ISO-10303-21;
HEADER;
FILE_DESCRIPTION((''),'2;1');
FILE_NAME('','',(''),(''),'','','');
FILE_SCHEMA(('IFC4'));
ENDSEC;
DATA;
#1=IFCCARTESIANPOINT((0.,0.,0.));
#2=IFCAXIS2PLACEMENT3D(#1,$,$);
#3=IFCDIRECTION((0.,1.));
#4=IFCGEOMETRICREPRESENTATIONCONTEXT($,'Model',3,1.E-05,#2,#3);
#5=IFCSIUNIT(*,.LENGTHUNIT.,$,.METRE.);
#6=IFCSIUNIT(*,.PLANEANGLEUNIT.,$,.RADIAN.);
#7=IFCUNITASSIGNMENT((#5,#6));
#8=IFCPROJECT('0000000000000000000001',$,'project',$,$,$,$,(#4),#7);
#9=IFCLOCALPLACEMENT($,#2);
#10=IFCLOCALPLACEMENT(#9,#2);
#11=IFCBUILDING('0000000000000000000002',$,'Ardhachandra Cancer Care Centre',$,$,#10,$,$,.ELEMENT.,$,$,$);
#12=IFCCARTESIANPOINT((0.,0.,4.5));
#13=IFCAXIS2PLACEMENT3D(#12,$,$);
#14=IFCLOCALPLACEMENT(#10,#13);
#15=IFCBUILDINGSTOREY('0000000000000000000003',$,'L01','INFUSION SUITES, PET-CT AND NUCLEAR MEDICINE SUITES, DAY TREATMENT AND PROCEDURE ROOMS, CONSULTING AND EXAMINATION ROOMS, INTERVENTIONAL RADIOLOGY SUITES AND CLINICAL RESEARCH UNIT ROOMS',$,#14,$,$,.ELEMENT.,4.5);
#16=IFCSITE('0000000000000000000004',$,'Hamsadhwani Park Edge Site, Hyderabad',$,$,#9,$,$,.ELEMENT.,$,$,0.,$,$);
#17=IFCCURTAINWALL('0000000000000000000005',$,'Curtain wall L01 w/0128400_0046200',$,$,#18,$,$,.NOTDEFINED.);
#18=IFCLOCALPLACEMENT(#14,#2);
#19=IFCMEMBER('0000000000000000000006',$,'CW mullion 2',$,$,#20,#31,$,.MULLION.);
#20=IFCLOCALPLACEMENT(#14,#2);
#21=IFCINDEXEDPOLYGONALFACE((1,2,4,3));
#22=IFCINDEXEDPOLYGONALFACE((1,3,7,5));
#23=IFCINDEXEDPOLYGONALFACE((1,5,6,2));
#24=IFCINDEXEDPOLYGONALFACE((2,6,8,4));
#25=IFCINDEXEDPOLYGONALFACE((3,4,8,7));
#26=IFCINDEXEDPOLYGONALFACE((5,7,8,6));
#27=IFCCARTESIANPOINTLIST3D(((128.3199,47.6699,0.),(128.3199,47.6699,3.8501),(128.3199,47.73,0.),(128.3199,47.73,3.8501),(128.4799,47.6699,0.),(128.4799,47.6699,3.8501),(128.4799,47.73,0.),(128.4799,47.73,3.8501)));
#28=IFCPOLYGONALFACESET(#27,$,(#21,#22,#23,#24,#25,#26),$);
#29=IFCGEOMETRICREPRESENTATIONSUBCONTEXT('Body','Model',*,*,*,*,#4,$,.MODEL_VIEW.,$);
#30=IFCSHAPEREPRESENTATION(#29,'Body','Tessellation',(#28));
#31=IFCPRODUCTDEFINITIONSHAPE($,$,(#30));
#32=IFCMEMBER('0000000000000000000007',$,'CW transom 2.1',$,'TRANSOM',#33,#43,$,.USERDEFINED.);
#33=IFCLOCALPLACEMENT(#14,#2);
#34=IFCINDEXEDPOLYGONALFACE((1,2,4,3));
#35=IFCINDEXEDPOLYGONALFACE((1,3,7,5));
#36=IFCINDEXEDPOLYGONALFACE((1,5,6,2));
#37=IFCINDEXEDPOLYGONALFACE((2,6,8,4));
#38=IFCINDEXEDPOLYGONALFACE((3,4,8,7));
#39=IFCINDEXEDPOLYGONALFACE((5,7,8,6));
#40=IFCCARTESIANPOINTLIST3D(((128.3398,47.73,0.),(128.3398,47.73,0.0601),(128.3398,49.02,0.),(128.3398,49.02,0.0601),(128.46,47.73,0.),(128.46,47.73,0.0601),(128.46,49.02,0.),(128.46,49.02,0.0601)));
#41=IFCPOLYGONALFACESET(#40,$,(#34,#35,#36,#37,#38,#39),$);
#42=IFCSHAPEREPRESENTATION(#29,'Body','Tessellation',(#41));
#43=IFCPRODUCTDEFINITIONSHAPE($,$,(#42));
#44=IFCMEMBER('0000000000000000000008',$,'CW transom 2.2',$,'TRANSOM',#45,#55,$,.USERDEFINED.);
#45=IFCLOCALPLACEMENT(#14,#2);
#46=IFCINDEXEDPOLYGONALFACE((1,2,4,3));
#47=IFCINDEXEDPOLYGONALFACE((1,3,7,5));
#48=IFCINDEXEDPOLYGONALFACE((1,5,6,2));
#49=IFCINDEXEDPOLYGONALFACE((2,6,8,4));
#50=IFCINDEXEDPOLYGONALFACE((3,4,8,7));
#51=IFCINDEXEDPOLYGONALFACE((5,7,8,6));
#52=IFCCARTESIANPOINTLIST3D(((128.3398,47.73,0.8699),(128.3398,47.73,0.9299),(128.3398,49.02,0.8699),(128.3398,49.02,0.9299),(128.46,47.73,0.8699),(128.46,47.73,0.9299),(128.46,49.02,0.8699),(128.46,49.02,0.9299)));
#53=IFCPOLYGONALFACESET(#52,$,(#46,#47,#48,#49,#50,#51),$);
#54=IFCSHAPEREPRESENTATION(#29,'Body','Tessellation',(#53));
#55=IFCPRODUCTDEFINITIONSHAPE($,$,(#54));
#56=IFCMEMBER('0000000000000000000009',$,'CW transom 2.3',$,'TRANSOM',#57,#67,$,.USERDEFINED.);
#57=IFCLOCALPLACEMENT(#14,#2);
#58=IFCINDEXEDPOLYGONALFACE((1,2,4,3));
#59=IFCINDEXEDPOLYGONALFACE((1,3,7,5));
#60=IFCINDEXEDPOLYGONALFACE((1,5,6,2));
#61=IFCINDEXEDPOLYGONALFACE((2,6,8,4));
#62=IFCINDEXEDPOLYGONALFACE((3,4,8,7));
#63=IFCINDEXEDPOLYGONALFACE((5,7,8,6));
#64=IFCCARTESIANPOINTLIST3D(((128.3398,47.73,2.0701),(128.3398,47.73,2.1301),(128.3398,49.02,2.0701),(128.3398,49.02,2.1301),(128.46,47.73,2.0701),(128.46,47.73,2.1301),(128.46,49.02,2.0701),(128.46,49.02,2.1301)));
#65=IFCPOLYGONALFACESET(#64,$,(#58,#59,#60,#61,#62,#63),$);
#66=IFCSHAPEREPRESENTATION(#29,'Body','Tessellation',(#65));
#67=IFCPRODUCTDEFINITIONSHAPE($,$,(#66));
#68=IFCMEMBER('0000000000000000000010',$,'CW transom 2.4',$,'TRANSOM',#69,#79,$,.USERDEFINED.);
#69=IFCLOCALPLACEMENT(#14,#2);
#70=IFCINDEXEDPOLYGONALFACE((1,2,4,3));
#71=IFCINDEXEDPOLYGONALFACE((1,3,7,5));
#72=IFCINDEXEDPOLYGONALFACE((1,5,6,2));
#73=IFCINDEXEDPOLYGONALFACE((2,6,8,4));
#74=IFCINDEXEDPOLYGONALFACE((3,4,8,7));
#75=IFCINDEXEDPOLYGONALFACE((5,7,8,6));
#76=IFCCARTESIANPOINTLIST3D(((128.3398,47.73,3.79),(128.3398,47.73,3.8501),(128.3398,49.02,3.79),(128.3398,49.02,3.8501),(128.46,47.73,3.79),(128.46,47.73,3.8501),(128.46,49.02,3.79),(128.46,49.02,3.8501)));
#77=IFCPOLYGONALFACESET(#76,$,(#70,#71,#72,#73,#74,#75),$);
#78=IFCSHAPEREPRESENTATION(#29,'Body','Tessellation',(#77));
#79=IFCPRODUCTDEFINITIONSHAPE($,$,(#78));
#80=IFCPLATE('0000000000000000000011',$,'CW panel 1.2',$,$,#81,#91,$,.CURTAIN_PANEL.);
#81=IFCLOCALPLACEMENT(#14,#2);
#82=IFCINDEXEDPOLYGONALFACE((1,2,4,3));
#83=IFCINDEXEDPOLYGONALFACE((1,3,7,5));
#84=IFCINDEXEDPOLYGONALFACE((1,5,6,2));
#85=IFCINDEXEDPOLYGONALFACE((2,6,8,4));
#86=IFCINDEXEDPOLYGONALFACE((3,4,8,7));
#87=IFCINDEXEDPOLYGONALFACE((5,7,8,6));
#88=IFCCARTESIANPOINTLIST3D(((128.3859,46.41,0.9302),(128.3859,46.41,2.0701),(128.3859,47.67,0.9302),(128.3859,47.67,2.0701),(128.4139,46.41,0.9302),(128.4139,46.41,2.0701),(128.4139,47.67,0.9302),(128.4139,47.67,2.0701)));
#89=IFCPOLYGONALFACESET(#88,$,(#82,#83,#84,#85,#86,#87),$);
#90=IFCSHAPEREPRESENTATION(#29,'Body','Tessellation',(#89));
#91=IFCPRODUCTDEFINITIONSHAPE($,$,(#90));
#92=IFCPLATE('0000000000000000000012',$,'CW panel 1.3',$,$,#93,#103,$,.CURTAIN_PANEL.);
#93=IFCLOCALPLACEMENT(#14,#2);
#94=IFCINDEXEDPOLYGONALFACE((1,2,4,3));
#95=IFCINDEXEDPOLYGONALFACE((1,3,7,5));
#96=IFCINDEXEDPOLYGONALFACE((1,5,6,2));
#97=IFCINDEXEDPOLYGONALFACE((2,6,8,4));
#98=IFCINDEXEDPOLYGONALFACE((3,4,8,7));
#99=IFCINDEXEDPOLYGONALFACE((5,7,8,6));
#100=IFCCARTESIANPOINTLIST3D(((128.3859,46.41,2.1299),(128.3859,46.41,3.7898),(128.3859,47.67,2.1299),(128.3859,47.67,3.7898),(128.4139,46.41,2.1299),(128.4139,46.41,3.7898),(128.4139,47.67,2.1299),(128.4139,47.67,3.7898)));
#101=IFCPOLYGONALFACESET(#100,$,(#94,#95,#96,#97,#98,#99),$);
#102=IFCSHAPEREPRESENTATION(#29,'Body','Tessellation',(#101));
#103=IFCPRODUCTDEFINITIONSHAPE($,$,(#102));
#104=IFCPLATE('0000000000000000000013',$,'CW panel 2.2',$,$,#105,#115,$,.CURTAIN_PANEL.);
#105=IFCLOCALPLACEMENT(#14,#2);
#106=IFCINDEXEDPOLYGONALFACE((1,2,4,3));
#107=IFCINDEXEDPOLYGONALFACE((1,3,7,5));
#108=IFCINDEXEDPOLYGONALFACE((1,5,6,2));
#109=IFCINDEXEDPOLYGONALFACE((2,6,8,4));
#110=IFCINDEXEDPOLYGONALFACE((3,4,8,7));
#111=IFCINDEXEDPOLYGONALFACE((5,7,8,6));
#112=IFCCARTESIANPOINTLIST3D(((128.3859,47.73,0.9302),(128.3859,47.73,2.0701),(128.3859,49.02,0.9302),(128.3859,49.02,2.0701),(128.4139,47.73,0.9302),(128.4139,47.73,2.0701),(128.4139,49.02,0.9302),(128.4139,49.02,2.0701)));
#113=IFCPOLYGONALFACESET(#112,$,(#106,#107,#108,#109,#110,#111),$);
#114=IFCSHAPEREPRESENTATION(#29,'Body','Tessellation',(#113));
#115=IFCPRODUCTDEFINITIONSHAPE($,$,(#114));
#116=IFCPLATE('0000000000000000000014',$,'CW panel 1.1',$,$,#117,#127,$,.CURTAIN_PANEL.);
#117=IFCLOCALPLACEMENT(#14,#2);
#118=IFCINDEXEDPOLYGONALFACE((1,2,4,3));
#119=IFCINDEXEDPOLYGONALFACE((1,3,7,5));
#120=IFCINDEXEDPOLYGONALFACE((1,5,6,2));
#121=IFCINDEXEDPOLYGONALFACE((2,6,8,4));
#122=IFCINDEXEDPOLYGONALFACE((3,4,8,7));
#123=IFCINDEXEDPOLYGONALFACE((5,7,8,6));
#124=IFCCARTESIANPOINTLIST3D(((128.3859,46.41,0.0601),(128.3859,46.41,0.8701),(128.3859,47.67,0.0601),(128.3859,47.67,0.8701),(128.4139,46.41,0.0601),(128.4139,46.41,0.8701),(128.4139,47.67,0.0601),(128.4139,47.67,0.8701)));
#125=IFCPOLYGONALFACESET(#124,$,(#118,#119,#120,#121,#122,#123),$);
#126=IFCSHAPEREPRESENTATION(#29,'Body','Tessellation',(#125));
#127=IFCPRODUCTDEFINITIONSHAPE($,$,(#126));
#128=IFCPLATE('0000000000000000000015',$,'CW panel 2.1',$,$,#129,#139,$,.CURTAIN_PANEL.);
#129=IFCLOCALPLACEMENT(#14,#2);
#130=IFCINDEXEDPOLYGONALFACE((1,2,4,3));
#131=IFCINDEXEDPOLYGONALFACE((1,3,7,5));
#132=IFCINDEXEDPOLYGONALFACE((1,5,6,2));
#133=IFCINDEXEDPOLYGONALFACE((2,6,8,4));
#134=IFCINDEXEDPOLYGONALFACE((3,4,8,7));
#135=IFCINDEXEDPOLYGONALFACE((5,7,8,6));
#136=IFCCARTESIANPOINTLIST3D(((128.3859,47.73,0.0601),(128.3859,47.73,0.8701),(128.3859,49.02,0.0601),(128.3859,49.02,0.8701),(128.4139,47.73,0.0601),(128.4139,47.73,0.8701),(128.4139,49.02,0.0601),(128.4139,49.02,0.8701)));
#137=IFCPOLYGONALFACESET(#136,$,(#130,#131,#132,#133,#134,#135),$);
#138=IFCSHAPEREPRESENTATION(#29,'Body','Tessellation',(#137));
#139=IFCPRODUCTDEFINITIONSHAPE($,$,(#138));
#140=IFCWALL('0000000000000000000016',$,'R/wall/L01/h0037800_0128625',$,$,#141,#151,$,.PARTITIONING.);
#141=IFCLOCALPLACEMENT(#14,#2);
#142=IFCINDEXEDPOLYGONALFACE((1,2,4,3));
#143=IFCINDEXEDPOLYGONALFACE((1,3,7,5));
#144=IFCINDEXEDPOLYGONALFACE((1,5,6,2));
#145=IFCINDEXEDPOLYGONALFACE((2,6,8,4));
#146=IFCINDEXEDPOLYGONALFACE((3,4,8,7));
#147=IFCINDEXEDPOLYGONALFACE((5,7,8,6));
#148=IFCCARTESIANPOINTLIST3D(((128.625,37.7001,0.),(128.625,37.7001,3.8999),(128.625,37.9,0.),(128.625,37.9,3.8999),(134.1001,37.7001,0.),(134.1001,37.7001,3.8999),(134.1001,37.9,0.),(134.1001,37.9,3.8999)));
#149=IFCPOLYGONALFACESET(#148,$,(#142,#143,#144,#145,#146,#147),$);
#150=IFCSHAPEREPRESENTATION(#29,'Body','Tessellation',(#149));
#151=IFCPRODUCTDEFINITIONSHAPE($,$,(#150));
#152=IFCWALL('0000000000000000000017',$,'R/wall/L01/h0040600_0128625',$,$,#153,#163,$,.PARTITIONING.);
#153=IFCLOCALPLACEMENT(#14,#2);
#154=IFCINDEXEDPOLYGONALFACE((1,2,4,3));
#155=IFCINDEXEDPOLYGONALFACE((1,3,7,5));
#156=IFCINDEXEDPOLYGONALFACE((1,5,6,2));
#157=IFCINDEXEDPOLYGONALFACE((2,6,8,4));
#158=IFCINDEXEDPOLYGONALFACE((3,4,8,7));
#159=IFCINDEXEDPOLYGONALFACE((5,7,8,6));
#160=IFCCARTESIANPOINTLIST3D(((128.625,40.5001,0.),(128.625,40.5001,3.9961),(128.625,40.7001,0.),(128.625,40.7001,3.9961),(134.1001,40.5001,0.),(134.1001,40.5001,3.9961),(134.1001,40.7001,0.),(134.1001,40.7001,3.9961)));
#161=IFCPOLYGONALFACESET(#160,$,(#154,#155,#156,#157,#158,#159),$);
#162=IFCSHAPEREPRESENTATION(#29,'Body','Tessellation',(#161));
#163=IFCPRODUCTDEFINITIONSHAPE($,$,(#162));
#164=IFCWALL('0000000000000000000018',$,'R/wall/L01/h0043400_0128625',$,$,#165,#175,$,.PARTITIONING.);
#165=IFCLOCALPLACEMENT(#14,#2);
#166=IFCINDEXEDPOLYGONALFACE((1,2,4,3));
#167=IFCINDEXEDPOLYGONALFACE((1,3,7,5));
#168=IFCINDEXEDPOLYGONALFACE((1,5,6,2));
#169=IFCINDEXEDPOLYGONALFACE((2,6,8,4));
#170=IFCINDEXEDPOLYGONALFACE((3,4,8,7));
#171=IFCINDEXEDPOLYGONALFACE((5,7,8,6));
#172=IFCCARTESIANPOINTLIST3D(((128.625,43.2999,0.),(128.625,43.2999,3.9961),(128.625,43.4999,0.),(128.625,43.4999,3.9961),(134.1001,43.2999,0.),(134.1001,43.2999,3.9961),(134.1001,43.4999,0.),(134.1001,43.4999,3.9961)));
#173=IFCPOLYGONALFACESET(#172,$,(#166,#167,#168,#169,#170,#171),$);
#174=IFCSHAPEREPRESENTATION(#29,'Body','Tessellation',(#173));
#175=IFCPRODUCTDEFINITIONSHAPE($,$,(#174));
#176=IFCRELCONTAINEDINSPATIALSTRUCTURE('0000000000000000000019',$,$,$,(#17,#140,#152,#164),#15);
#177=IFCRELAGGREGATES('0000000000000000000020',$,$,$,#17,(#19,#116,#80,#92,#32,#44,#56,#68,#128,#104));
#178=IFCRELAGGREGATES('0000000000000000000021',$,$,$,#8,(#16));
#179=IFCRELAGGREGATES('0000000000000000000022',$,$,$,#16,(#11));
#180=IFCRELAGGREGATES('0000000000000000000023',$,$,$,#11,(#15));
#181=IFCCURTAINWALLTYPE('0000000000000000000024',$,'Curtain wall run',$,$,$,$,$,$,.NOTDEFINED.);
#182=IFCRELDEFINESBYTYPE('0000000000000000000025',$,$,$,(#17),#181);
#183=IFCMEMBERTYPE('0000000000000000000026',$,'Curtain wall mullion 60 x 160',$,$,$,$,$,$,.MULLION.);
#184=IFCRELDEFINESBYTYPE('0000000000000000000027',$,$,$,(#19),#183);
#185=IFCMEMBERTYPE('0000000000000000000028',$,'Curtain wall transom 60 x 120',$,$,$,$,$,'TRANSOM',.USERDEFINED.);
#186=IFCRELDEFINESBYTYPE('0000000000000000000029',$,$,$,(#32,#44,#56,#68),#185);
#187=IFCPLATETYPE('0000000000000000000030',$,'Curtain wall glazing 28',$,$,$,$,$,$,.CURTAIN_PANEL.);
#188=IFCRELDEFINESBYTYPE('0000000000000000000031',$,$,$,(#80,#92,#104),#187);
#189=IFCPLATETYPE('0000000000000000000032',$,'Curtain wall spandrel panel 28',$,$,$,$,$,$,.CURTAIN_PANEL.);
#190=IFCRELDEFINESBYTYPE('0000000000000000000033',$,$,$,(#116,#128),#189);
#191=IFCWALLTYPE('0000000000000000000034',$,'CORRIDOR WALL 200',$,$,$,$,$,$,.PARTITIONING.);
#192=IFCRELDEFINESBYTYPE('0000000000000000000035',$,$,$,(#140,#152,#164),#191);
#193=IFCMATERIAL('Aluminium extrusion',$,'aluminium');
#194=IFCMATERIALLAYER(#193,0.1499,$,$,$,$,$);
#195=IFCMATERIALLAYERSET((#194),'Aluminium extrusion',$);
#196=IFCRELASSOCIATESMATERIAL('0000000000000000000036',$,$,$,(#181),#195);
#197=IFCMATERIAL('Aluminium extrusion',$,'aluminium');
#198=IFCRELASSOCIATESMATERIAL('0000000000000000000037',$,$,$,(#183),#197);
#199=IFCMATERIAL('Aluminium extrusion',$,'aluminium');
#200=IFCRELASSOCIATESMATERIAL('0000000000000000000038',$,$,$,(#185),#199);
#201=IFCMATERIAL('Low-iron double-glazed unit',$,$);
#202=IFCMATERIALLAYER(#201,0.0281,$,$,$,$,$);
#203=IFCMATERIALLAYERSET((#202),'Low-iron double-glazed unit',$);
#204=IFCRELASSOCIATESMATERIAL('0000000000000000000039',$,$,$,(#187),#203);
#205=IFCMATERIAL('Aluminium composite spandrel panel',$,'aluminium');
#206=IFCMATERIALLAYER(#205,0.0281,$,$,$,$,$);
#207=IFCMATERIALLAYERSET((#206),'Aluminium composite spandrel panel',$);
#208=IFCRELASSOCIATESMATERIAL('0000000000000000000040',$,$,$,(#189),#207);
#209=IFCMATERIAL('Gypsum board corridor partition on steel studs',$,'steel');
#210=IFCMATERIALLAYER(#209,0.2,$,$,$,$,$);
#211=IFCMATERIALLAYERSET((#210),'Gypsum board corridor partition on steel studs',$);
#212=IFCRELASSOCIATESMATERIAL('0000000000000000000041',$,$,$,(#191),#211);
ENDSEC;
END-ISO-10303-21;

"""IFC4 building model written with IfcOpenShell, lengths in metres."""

from ifc_helpers import new_model, si_unit, direction, frame, frame_2d, origin, origin_2d, place, context, subcontext, project, spatial, rectangle, extrude, material, layer, layer_set, material_profile, profile_set, type_object, element, aggregate, save


model = new_model("IFC4")

# Units and contexts
model_context = context("Model", 3, precision=1e-05, world=origin(), true_north=direction((0.0, 1.0)))
body_context = subcontext(model_context, "Body", "Model", "MODEL_VIEW")
ifc_project = project(units=[si_unit("LENGTHUNIT", "METRE"), si_unit("PLANEANGLEUNIT", "RADIAN")], contexts=[model_context])

# Site, building, storey
site_placement = place(None, origin())
site = spatial("IfcSite", under=ifc_project, at=site_placement, Name="Hamsadhwani Park Edge Site, Hyderabad", CompositionType="ELEMENT", RefElevation=0.0)
building_placement = place(site_placement, origin())
building = spatial("IfcBuilding", under=site, at=building_placement, Name="Ardhachandra Cancer Care Centre", CompositionType="ELEMENT")
storey_placement = place(building_placement, frame((0.0, 0.0, 4.5)))
storey = spatial("IfcBuildingStorey", under=building, at=storey_placement, Name="L01", Description="INFUSION SUITES, PET-CT AND NUCLEAR MEDICINE SUITES, DAY TREATMENT AND PROCEDURE ROOMS, CONSULTING AND EXAMINATION ROOMS, INTERVENTIONAL RADIOLOGY SUITES AND CLINICAL RESEARCH UNIT ROOMS", CompositionType="ELEMENT", Elevation=4.5)

# Curtain wall, members, plates
ifc_material_1 = material(Name="Aluminium extrusion", Category="aluminium")
ifc_layer_1 = layer(ifc_material_1, 0.1499)
ifc_layer_set_1 = layer_set([ifc_layer_1], Name="Aluminium extrusion")
curtain_wall_type = type_object("IfcCurtainWallType", Name="Curtain wall run", PredefinedType="NOTDEFINED", material=ifc_layer_set_1)
curtain_wall_placement = place(storey_placement, origin())
curtain_wall = element("IfcCurtainWall", 1, at=curtain_wall_placement, inside=storey, type_object=curtain_wall_type, Name="Curtain wall L01 w/0128400_0046200", PredefinedType="NOTDEFINED")
ifc_material_2 = material(Name="Aluminium extrusion", Category="aluminium")
ifc_material_profile_1 = material_profile(ifc_material_2, rectangle(XDim=0.1599, YDim=0.0601, at=origin_2d()), Name="Curtain wall mullion 60 x 160")
ifc_profile_set_1 = profile_set([ifc_material_profile_1], Name="Aluminium extrusion")
member_type_1 = type_object("IfcMemberType", Name="Curtain wall mullion 60 x 160", PredefinedType="MULLION", material=ifc_profile_set_1)
member_1_placement = place(storey_placement, frame((128.3999, 47.7, 0.0), z_axis=(0.0, 0.0, 1.0), x_axis=(-1.0, 0.0, 0.0)))
member_1 = element("IfcMember", 2, at=member_1_placement, type_object=member_type_1, Name="CW mullion 2", PredefinedType="MULLION", context=body_context, shape_type="SweptSolid", body=[
    extrude(rectangle(XDim=0.1599, YDim=0.0601, at=origin_2d()), origin(), (0.0, 0.0, 1.0), 3.8501),
])
ifc_material_3 = material(Name="Aluminium extrusion", Category="aluminium")
ifc_material_profile_2 = material_profile(ifc_material_3, rectangle(XDim=0.1201, YDim=0.0601, at=origin_2d()), Name="Curtain wall transom 60 x 120")
ifc_profile_set_2 = profile_set([ifc_material_profile_2], Name="Aluminium extrusion")
member_type_2 = type_object("IfcMemberType", Name="Curtain wall transom 60 x 120", ElementType="TRANSOM", PredefinedType="USERDEFINED", material=ifc_profile_set_2)
member_2_placement = place(storey_placement, frame((128.3999, 47.73, 0.03), z_axis=(0.0, 1.0, 0.0), x_axis=(-1.0, 0.0, 0.0)))
member_2 = element("IfcMember", 3, at=member_2_placement, type_object=member_type_2, Name="CW transom 2.1", ObjectType="TRANSOM", PredefinedType="USERDEFINED", context=body_context, shape_type="SweptSolid", body=[
    extrude(rectangle(XDim=0.1201, YDim=0.0601, at=origin_2d()), origin(), (0.0, 0.0, 1.0), 1.29),
])
member_3_placement = place(storey_placement, frame((128.3999, 47.73, 0.8999), z_axis=(0.0, 1.0, 0.0), x_axis=(-1.0, 0.0, 0.0)))
member_3 = element("IfcMember", 4, at=member_3_placement, type_object=member_type_2, Name="CW transom 2.2", ObjectType="TRANSOM", PredefinedType="USERDEFINED", context=body_context, shape_type="SweptSolid", body=[
    extrude(rectangle(XDim=0.1201, YDim=0.0601, at=origin_2d()), origin(), (0.0, 0.0, 1.0), 1.29),
])
member_4_placement = place(storey_placement, frame((128.3999, 47.73, 2.1001), z_axis=(0.0, 1.0, 0.0), x_axis=(-1.0, 0.0, 0.0)))
member_4 = element("IfcMember", 5, at=member_4_placement, type_object=member_type_2, Name="CW transom 2.3", ObjectType="TRANSOM", PredefinedType="USERDEFINED", context=body_context, shape_type="SweptSolid", body=[
    extrude(rectangle(XDim=0.1201, YDim=0.0601, at=origin_2d()), origin(), (0.0, 0.0, 1.0), 1.29),
])
member_5_placement = place(storey_placement, frame((128.3999, 47.73, 3.8201), z_axis=(0.0, 1.0, 0.0), x_axis=(-1.0, 0.0, 0.0)))
member_5 = element("IfcMember", 6, at=member_5_placement, type_object=member_type_2, Name="CW transom 2.4", ObjectType="TRANSOM", PredefinedType="USERDEFINED", context=body_context, shape_type="SweptSolid", body=[
    extrude(rectangle(XDim=0.1201, YDim=0.0601, at=origin_2d()), origin(), (0.0, 0.0, 1.0), 1.29),
])
ifc_material_4 = material(Name="Low-iron double-glazed unit")
ifc_layer_2 = layer(ifc_material_4, 0.0281)
ifc_layer_set_2 = layer_set([ifc_layer_2], Name="Low-iron double-glazed unit")
plate_type_1 = type_object("IfcPlateType", Name="Curtain wall glazing 28", PredefinedType="CURTAIN_PANEL", material=ifc_layer_set_2)
plate_1_placement = place(storey_placement, frame((128.3999, 47.04, 0.9302), z_axis=(0.0, 0.0, 1.0), x_axis=(0.0, 1.0, 0.0)))
plate_1 = element("IfcPlate", 7, at=plate_1_placement, type_object=plate_type_1, Name="CW panel 1.2", PredefinedType="CURTAIN_PANEL", context=body_context, shape_type="SweptSolid", body=[
    extrude(rectangle(XDim=1.26, YDim=0.0281, at=origin_2d()), origin(), (0.0, 0.0, 1.0), 1.1399),
])
plate_2_placement = place(storey_placement, frame((128.3999, 47.04, 2.1299), z_axis=(0.0, 0.0, 1.0), x_axis=(0.0, 1.0, 0.0)))
plate_2 = element("IfcPlate", 8, at=plate_2_placement, type_object=plate_type_1, Name="CW panel 1.3", PredefinedType="CURTAIN_PANEL", context=body_context, shape_type="SweptSolid", body=[
    extrude(rectangle(XDim=1.26, YDim=0.0281, at=origin_2d()), origin(), (0.0, 0.0, 1.0), 1.6599),
])
plate_3_placement = place(storey_placement, frame((128.3999, 48.375, 0.9302), z_axis=(0.0, 0.0, 1.0), x_axis=(0.0, 1.0, 0.0)))
plate_3 = element("IfcPlate", 9, at=plate_3_placement, type_object=plate_type_1, Name="CW panel 2.2", PredefinedType="CURTAIN_PANEL", context=body_context, shape_type="SweptSolid", body=[
    extrude(rectangle(XDim=1.29, YDim=0.0281, at=origin_2d()), origin(), (0.0, 0.0, 1.0), 1.1399),
])
ifc_material_5 = material(Name="Aluminium composite spandrel panel", Category="aluminium")
ifc_layer_3 = layer(ifc_material_5, 0.0281)
ifc_layer_set_3 = layer_set([ifc_layer_3], Name="Aluminium composite spandrel panel")
plate_type_2 = type_object("IfcPlateType", Name="Curtain wall spandrel panel 28", PredefinedType="CURTAIN_PANEL", material=ifc_layer_set_3)
plate_4_placement = place(storey_placement, frame((128.3999, 47.04, 0.0601), z_axis=(0.0, 0.0, 1.0), x_axis=(0.0, 1.0, 0.0)))
plate_4 = element("IfcPlate", 10, at=plate_4_placement, type_object=plate_type_2, Name="CW panel 1.1", PredefinedType="CURTAIN_PANEL", context=body_context, shape_type="SweptSolid", body=[
    extrude(rectangle(XDim=1.26, YDim=0.0281, at=origin_2d()), origin(), (0.0, 0.0, 1.0), 0.8101),
])
plate_5_placement = place(storey_placement, frame((128.3999, 48.375, 0.0601), z_axis=(0.0, 0.0, 1.0), x_axis=(0.0, 1.0, 0.0)))
plate_5 = element("IfcPlate", 11, at=plate_5_placement, type_object=plate_type_2, Name="CW panel 2.1", PredefinedType="CURTAIN_PANEL", context=body_context, shape_type="SweptSolid", body=[
    extrude(rectangle(XDim=1.29, YDim=0.0281, at=origin_2d()), origin(), (0.0, 0.0, 1.0), 0.8101),
])
aggregate(curtain_wall, [member_1, plate_4, plate_1, plate_2, member_2, member_3, member_4, member_5, plate_5, plate_3])

# Walls
ifc_material_6 = material(Name="Gypsum board corridor partition on steel studs", Category="steel")
ifc_layer_4 = layer(ifc_material_6, 0.2)
ifc_layer_set_4 = layer_set([ifc_layer_4], Name="Gypsum board corridor partition on steel studs")
wall_type = type_object("IfcWallType", Name="CORRIDOR WALL 200", PredefinedType="PARTITIONING", material=ifc_layer_set_4)
wall_1_placement = place(storey_placement, frame((128.625, 37.8, 0.0), z_axis=(0.0, 0.0, 1.0), x_axis=(1.0, 0.0, 0.0)))
element("IfcWall", 12, at=wall_1_placement, inside=storey, type_object=wall_type, Name="R/wall/L01/h0037800_0128625", PredefinedType="PARTITIONING", context=body_context, shape_type="SweptSolid", body=[
    extrude(rectangle(XDim=5.4751, YDim=0.2, at=frame_2d((2.7375, 0.0))), origin(), (0.0, 0.0, 1.0), 3.8999),
])
for number, where, z_axis, x_axis, name in (
    (13, (128.625, 40.6001, 0.0), (0.0, 0.0, 1.0), (1.0, 0.0, 0.0), "R/wall/L01/h0040600_0128625"),
    (14, (128.625, 43.3999, 0.0), (0.0, 0.0, 1.0), (1.0, 0.0, 0.0), "R/wall/L01/h0043400_0128625"),
):
    element("IfcWall", number, at=place(storey_placement, frame(where, z_axis=z_axis, x_axis=x_axis)), inside=storey, type_object=wall_type, Name=name, PredefinedType="PARTITIONING", context=body_context, shape_type="SweptSolid", body=[
        extrude(rectangle(XDim=5.4751, YDim=0.2, at=frame_2d((2.7375, 0.0))), origin(), (0.0, 0.0, 1.0), 3.9961),
    ])

save(model, "model.ifc")
